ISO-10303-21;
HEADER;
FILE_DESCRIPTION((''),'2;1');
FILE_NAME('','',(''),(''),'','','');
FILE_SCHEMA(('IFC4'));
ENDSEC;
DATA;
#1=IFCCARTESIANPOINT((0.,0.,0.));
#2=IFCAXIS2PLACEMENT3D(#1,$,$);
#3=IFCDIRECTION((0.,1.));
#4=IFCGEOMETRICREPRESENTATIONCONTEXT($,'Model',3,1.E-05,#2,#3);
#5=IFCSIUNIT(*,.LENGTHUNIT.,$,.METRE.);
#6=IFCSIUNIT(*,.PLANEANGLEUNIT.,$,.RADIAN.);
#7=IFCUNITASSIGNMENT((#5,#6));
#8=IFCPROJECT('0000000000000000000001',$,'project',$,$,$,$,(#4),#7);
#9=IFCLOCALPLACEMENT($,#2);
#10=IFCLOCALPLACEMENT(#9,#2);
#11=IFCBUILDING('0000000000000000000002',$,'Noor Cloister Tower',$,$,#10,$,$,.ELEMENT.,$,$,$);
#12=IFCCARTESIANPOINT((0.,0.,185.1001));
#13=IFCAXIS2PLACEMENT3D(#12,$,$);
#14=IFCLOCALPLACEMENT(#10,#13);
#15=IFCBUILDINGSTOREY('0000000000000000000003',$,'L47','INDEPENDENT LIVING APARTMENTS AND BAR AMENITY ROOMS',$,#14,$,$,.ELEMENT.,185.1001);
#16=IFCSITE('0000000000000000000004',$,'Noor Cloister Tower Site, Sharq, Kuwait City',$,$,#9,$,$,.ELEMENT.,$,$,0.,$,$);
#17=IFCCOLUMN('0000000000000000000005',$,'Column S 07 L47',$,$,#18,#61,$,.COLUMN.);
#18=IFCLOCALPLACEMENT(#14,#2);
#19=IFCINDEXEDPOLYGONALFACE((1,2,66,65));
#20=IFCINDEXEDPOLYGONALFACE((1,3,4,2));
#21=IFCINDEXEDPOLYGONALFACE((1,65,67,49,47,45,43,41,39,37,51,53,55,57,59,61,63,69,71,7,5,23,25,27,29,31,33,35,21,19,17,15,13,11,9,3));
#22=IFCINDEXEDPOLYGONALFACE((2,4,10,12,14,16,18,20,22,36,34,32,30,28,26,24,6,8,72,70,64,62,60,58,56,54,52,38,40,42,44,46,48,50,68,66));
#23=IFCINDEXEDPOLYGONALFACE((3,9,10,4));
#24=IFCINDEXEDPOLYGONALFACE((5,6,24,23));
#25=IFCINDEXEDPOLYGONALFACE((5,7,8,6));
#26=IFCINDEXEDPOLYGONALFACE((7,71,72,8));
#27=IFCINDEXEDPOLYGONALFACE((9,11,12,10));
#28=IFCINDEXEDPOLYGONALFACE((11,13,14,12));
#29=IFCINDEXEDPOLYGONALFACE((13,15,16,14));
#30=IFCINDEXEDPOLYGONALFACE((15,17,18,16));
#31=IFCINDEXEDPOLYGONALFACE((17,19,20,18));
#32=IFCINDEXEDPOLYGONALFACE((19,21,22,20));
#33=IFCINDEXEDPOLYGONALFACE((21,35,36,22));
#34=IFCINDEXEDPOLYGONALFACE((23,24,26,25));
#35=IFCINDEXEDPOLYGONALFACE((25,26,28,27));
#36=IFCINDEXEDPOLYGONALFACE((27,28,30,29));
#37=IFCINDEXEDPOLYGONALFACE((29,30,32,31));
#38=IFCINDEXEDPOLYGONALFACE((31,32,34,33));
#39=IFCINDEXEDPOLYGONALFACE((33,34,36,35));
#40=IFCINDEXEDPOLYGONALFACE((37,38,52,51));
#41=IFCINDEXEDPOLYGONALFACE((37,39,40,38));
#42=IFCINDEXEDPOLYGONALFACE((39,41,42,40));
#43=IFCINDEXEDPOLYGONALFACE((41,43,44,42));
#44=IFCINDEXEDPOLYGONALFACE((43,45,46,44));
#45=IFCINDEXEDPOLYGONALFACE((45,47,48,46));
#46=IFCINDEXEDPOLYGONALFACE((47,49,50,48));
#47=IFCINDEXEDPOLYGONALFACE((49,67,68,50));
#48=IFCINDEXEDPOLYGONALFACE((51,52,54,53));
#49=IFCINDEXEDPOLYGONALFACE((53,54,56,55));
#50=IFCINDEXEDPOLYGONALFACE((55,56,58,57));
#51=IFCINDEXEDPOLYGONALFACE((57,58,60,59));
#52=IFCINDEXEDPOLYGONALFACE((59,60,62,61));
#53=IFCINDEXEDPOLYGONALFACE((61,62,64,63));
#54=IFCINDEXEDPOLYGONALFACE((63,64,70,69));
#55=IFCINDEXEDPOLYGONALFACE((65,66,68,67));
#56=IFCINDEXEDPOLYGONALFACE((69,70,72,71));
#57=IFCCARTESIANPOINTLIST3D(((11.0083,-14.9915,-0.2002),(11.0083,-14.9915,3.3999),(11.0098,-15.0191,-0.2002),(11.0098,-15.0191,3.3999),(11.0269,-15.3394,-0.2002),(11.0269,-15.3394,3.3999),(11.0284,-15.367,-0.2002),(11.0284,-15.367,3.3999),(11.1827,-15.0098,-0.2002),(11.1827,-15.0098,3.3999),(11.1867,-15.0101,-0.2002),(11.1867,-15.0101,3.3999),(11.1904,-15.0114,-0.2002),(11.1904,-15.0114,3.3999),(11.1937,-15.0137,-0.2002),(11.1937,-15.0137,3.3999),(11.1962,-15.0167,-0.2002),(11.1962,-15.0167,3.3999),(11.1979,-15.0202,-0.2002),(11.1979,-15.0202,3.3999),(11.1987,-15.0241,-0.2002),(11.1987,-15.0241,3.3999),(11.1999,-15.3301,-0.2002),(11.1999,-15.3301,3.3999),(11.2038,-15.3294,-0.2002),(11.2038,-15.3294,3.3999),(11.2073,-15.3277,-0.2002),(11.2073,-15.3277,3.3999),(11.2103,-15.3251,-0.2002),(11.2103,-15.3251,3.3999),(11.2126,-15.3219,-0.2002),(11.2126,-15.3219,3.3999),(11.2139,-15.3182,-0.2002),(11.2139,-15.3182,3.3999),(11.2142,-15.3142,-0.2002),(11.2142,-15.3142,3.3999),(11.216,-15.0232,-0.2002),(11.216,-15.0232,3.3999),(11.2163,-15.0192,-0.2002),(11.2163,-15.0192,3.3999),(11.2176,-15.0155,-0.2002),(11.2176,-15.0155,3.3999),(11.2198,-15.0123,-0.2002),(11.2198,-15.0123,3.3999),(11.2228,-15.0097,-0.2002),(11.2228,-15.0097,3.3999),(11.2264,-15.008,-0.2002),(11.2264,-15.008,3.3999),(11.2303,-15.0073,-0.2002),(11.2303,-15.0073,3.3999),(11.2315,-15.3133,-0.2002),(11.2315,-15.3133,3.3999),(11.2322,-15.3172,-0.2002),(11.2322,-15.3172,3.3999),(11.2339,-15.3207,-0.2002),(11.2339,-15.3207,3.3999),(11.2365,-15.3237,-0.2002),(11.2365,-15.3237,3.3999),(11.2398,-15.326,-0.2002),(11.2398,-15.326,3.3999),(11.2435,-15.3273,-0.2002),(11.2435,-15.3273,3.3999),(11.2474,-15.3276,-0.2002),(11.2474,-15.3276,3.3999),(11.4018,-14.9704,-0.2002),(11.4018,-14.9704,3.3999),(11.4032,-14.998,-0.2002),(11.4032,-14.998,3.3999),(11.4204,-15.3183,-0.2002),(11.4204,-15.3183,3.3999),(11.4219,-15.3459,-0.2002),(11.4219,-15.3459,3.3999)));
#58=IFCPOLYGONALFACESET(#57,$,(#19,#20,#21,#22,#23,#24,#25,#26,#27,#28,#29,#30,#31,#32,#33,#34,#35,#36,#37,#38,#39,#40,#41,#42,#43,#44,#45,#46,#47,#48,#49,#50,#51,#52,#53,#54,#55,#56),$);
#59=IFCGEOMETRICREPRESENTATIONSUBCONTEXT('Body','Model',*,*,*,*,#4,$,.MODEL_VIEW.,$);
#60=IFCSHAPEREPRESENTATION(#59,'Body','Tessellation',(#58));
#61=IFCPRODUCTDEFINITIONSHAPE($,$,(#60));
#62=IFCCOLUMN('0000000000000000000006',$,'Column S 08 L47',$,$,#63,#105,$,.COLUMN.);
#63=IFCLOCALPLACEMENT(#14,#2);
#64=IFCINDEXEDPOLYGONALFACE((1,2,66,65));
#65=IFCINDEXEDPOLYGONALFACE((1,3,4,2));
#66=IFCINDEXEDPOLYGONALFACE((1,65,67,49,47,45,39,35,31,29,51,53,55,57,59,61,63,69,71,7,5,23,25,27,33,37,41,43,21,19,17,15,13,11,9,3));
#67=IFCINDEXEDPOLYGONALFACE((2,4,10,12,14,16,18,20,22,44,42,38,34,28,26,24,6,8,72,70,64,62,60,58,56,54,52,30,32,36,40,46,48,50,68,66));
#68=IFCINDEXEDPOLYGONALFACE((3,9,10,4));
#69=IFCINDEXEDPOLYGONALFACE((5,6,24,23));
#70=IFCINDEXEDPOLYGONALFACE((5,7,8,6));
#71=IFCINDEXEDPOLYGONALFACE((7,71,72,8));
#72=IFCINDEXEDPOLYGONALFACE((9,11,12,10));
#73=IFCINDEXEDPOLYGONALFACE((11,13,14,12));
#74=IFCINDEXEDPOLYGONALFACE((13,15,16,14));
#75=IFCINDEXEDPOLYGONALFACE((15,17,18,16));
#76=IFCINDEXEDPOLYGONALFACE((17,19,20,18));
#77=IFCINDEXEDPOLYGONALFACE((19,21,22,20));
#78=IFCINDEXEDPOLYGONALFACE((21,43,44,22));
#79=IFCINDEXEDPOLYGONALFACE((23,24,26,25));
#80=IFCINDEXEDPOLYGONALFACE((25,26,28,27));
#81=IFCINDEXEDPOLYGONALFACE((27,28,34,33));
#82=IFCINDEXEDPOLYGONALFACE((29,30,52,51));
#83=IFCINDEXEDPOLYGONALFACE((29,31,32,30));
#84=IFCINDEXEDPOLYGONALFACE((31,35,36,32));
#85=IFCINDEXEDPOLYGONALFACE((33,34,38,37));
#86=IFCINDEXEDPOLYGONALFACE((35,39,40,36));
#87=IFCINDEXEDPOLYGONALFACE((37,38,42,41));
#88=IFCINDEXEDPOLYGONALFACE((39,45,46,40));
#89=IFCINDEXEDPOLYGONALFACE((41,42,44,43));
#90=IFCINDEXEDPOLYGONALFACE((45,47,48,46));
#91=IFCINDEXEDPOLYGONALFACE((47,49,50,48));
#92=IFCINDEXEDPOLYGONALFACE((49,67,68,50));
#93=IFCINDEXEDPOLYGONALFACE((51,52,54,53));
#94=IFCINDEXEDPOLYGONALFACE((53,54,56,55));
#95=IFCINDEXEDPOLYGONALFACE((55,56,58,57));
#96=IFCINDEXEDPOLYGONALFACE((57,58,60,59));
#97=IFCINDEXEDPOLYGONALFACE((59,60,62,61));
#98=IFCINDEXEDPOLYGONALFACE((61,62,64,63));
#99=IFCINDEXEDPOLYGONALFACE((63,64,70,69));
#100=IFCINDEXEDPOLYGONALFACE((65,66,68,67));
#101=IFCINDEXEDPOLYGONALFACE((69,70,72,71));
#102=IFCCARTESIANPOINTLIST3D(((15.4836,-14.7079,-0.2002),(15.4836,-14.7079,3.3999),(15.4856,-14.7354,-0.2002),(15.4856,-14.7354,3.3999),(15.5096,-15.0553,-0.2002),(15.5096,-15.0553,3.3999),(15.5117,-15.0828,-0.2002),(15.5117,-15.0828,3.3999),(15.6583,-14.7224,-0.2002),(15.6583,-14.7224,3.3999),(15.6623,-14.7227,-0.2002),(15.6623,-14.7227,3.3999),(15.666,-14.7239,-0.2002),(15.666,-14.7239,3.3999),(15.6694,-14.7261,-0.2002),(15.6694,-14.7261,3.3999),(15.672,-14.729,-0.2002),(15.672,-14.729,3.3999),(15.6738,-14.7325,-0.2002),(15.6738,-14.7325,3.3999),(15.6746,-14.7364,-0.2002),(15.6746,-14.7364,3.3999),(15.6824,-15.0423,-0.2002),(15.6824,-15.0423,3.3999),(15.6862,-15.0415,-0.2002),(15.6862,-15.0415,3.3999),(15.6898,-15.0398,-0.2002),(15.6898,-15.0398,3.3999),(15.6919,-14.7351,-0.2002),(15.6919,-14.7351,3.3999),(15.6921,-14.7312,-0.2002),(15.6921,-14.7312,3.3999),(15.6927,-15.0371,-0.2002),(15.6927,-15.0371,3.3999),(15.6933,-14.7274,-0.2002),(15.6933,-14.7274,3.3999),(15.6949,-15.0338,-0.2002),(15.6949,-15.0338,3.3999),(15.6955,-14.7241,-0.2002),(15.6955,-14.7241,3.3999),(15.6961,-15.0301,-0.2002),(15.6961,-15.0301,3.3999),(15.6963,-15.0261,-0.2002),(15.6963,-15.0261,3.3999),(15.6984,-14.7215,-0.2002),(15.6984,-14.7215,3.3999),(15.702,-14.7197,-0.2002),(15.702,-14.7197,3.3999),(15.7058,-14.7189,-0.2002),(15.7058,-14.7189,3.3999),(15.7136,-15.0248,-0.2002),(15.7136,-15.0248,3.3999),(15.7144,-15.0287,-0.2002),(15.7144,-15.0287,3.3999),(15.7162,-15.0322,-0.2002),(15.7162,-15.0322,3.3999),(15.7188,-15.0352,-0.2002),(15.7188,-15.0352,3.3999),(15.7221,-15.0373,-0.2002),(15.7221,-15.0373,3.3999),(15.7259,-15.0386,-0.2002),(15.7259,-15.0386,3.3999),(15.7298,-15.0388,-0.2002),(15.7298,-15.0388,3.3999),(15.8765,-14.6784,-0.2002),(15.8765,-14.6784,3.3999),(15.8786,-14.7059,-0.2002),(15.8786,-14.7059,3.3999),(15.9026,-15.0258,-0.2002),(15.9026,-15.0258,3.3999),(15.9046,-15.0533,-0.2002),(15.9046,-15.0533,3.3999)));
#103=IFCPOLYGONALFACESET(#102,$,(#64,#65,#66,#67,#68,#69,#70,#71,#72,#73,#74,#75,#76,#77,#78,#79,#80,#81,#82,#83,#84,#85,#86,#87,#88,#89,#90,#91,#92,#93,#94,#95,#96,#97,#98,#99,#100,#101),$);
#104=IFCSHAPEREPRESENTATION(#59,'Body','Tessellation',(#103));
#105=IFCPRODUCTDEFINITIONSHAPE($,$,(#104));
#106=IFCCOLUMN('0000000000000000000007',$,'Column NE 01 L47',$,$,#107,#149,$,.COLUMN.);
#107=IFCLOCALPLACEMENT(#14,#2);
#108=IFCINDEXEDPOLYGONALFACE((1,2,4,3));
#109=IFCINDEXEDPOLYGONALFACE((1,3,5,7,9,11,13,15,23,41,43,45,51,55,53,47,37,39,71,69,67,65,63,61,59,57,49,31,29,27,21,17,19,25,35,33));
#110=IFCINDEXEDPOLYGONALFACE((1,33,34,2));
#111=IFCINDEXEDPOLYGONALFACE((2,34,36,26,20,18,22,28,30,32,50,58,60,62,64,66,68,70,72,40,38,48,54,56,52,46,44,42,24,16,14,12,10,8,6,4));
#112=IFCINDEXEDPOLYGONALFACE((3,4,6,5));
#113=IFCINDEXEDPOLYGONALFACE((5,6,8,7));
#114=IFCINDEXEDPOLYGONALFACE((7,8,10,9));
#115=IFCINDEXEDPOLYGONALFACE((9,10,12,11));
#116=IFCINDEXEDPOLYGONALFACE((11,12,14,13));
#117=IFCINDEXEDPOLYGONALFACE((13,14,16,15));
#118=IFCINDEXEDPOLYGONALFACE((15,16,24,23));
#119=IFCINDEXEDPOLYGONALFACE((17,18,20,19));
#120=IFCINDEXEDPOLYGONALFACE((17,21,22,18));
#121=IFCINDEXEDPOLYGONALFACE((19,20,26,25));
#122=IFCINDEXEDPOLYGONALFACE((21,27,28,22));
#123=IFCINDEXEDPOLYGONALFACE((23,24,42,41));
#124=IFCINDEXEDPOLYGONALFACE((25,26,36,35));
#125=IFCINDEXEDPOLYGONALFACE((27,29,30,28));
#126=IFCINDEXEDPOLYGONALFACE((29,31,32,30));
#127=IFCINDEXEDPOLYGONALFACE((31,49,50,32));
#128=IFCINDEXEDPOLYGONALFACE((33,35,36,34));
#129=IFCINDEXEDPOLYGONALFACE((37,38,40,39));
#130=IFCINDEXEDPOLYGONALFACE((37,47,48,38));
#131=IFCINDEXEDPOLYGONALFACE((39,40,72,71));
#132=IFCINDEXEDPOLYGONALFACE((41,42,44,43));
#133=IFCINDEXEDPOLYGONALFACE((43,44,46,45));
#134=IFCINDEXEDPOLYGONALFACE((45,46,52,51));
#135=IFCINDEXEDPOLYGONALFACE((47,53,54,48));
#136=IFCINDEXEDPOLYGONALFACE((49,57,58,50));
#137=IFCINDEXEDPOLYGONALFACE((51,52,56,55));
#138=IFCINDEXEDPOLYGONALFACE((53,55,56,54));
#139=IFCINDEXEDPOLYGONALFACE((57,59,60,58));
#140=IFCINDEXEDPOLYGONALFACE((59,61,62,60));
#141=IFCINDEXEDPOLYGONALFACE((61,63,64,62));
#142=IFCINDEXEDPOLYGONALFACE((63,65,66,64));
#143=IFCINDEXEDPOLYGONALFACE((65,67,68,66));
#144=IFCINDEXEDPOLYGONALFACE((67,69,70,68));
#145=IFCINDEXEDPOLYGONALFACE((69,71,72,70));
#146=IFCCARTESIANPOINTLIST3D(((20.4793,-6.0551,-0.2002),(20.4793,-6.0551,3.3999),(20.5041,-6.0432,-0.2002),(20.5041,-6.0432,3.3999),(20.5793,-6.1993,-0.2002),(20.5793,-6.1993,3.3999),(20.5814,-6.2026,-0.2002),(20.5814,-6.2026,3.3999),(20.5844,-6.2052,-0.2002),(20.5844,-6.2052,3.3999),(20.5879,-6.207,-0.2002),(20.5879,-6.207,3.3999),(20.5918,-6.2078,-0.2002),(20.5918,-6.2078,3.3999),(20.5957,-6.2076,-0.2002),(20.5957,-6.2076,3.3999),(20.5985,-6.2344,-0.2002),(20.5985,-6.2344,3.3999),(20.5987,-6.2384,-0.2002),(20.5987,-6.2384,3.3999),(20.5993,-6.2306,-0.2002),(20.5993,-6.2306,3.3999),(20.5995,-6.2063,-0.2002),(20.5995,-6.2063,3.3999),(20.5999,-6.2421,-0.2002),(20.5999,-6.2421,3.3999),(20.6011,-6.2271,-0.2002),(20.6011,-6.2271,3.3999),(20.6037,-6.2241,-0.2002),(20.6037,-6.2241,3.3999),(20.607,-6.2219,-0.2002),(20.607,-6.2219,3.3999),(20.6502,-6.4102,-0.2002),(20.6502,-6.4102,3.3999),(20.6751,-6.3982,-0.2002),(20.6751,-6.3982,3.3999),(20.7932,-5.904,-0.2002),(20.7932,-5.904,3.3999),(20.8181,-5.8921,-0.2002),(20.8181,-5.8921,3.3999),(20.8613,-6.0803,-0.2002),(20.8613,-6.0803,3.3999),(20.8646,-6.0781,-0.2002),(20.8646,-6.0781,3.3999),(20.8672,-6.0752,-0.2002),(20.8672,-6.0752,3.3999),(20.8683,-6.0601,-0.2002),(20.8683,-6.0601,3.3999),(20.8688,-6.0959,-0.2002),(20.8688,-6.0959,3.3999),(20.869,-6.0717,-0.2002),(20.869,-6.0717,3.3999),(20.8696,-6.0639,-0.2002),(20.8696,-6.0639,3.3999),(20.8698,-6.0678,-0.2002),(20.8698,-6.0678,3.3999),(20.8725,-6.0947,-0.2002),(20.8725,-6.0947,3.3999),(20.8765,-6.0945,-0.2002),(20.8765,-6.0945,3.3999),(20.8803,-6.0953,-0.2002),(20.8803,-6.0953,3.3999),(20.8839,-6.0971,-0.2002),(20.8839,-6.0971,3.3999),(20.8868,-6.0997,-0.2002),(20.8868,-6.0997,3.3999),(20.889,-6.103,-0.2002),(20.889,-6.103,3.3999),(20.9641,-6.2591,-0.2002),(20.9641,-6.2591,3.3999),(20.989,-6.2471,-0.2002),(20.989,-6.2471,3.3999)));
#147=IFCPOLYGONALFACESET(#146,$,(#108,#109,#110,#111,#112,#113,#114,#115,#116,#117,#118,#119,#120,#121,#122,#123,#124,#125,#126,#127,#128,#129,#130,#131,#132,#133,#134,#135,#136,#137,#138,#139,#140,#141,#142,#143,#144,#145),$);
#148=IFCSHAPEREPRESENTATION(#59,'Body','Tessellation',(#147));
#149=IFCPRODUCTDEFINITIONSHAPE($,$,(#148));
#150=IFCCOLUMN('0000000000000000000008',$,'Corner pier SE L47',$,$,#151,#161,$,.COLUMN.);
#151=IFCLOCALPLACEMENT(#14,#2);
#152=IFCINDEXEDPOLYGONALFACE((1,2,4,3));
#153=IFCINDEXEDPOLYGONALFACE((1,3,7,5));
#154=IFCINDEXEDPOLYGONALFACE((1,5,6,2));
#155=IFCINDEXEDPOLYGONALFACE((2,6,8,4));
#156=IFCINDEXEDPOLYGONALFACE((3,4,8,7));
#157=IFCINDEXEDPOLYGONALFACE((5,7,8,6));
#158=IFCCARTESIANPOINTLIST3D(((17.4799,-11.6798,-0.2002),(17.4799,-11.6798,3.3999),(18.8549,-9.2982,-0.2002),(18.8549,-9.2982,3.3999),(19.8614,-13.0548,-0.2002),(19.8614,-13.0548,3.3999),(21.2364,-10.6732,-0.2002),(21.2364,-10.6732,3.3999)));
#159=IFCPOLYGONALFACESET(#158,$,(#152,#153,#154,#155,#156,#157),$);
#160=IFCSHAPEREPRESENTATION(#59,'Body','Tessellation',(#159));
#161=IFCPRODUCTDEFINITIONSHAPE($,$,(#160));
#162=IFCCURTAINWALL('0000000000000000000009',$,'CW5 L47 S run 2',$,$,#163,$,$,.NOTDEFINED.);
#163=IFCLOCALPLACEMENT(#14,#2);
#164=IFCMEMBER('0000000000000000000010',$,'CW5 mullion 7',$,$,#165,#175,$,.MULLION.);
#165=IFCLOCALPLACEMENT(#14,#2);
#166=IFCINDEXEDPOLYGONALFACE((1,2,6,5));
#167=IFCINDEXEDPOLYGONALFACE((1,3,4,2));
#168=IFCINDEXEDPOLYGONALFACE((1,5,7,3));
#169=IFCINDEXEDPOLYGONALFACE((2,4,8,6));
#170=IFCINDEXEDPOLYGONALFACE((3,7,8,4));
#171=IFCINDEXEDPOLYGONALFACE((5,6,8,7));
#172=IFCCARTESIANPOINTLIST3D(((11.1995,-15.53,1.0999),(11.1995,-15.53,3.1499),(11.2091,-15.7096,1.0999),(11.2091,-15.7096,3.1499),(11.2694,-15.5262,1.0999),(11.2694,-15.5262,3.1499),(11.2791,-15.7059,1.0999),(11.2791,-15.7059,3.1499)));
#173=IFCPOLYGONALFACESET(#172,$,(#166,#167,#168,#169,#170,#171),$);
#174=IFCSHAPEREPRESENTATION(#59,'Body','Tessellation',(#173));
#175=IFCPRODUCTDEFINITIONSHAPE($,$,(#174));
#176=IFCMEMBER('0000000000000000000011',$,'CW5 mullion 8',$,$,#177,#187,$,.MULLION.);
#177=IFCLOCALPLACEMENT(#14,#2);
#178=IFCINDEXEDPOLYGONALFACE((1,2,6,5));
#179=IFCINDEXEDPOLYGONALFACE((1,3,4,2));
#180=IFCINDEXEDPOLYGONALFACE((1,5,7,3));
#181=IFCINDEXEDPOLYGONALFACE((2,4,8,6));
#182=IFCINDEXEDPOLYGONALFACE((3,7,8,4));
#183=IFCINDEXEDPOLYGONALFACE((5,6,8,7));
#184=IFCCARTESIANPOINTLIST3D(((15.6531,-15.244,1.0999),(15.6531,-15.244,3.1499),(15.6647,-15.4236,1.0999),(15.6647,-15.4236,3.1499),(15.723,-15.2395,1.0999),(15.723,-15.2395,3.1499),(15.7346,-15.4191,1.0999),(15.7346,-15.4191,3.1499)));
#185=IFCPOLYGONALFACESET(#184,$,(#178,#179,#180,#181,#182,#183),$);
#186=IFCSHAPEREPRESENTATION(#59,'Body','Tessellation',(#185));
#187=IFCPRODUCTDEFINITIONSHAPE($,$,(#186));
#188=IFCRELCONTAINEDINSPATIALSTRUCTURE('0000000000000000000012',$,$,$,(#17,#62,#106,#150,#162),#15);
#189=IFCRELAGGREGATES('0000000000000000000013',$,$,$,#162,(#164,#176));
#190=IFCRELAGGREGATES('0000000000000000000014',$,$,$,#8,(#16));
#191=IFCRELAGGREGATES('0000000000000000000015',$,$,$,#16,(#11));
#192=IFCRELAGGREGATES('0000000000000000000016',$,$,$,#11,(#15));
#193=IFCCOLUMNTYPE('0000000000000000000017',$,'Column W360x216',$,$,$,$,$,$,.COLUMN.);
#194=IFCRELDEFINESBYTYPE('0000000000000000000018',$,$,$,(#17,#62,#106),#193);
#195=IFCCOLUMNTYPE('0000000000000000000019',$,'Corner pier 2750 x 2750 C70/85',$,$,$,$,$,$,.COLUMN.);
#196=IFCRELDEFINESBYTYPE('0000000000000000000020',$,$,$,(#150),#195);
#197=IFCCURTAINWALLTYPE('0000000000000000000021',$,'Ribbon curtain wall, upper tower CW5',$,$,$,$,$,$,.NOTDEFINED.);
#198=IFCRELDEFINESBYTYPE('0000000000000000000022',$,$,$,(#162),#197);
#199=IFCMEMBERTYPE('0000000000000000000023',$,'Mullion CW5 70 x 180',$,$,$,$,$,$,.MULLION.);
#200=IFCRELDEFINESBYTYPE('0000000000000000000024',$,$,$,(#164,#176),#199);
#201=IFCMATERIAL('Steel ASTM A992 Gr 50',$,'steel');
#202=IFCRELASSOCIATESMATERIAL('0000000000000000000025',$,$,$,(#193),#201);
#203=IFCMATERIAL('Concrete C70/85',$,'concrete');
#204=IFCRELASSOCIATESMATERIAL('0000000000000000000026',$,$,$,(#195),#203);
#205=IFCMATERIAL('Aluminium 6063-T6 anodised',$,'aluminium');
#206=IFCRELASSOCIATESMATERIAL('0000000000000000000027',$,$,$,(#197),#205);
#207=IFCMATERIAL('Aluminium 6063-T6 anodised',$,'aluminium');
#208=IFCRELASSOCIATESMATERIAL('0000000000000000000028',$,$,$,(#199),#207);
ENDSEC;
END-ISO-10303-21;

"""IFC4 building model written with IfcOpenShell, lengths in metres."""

from ifc_helpers import new_model, si_unit, direction, frame, origin, origin_2d, place, context, subcontext, project, spatial, rectangle, i_section, extrude, material, material_profile, profile_set, type_object, element, aggregate, save


model = new_model("IFC4")

# Units and contexts
model_context = context("Model", 3, precision=1e-05, world=origin(), true_north=direction((0.0, 1.0)))
body_context = subcontext(model_context, "Body", "Model", "MODEL_VIEW")
ifc_project = project(units=[si_unit("LENGTHUNIT", "METRE"), si_unit("PLANEANGLEUNIT", "RADIAN")], contexts=[model_context])

# Site, building, storey
site_placement = place(None, origin())
site = spatial("IfcSite", under=ifc_project, at=site_placement, Name="Noor Cloister Tower Site, Sharq, Kuwait City", CompositionType="ELEMENT", RefElevation=0.0)
building_placement = place(site_placement, origin())
building = spatial("IfcBuilding", under=site, at=building_placement, Name="Noor Cloister Tower", CompositionType="ELEMENT")
storey_placement = place(building_placement, frame((0.0, 0.0, 185.1001)))
storey = spatial("IfcBuildingStorey", under=building, at=storey_placement, Name="L47", Description="INDEPENDENT LIVING APARTMENTS AND BAR AMENITY ROOMS", CompositionType="ELEMENT", Elevation=185.1001)

# Columns
ifc_material_1 = material(Name="Steel ASTM A992 Gr 50", Category="steel")
ifc_material_profile_1 = material_profile(ifc_material_1, i_section(OverallWidth=0.394, OverallDepth=0.376, WebThickness=0.0173, FlangeThickness=0.0276, FilletRadius=0.0151, at=origin_2d()), Name="W360x216")
ifc_profile_set_1 = profile_set([ifc_material_profile_1], Name="Steel ASTM A992 Gr 50")
column_type_1 = type_object("IfcColumnType", Name="Column W360x216", PredefinedType="COLUMN", material=ifc_profile_set_1)
for number, where, z_axis, x_axis, name in (
    (1, (11.2151, -15.1687, -0.2002), (0.0, 0.0, 1.0), (0.998568, 0.053495, 0.0), "Column S 07 L47"),
    (2, (15.6941, -14.8806, -0.2002), (0.0, 0.0, 1.0), (0.997194, 0.074858, 0.0), "Column S 08 L47"),
    (3, (20.7341, -6.1511, -0.2002), (0.0, 0.0, 1.0), (-0.433768, 0.901025, 0.0), "Column NE 01 L47"),
):
    element("IfcColumn", number, at=place(storey_placement, frame(where, z_axis=z_axis, x_axis=x_axis)), inside=storey, type_object=column_type_1, Name=name, PredefinedType="COLUMN", context=body_context, shape_type="SweptSolid", body=[
        extrude(i_section(OverallWidth=0.394, OverallDepth=0.376, WebThickness=0.0173, FlangeThickness=0.0276, FilletRadius=0.0151, at=origin_2d()), origin(), (0.0, 0.0, 1.0), 3.6001),
    ])
ifc_material_2 = material(Name="Concrete C70/85", Category="concrete")
ifc_material_profile_2 = material_profile(ifc_material_2, rectangle(XDim=2.75, YDim=2.75, at=origin_2d()), Name="RC 2750x2750")
ifc_profile_set_2 = profile_set([ifc_material_profile_2], Name="Concrete C70/85")
column_type_2 = type_object("IfcColumnType", Name="Corner pier 2750 x 2750 C70/85", PredefinedType="COLUMN", material=ifc_profile_set_2)
column_placement = place(storey_placement, frame((19.3582, -11.1765, -0.2002), z_axis=(0.0, 0.0, 1.0), x_axis=(0.866025, -0.5, 0.0)))
element("IfcColumn", 4, at=column_placement, inside=storey, type_object=column_type_2, Name="Corner pier SE L47", PredefinedType="COLUMN", context=body_context, shape_type="SweptSolid", body=[
    extrude(rectangle(XDim=2.75, YDim=2.75, at=origin_2d()), origin(), (0.0, 0.0, 1.0), 3.6001),
])

# Curtain wall, members
ifc_material_3 = material(Name="Aluminium 6063-T6 anodised", Category="aluminium")
curtain_wall_type = type_object("IfcCurtainWallType", Name="Ribbon curtain wall, upper tower CW5", PredefinedType="NOTDEFINED", material=ifc_material_3)
curtain_wall_placement = place(storey_placement, origin())
curtain_wall = element("IfcCurtainWall", 5, at=curtain_wall_placement, inside=storey, type_object=curtain_wall_type, Name="CW5 L47 S run 2", PredefinedType="NOTDEFINED")
ifc_material_4 = material(Name="Aluminium 6063-T6 anodised", Category="aluminium")
ifc_material_profile_3 = material_profile(ifc_material_4, rectangle(XDim=0.1799, YDim=0.0701, at=origin_2d()), Name="180 x 70 mullion")
ifc_profile_set_3 = profile_set([ifc_material_profile_3], Name="Aluminium 6063-T6 anodised")
member_type = type_object("IfcMemberType", Name="Mullion CW5 70 x 180", PredefinedType="MULLION", material=ifc_profile_set_3)
member_1_placement = place(storey_placement, frame((11.2393, -15.6179, 1.0999), z_axis=(0.0, 0.0, 1.0), x_axis=(-0.053495, 0.998568, 0.0)))
member_1 = element("IfcMember", 6, at=member_1_placement, type_object=member_type, Name="CW5 mullion 7", PredefinedType="MULLION", context=body_context, shape_type="SweptSolid", body=[
    extrude(rectangle(XDim=0.1799, YDim=0.0701, at=origin_2d()), origin(), (0.0, 0.0, 1.0), 2.05),
])
member_2_placement = place(storey_placement, frame((15.6938, -15.3315, 1.0999), z_axis=(0.0, 0.0, 1.0), x_axis=(-0.06418, 0.997938, 0.0)))
member_2 = element("IfcMember", 7, at=member_2_placement, type_object=member_type, Name="CW5 mullion 8", PredefinedType="MULLION", context=body_context, shape_type="SweptSolid", body=[
    extrude(rectangle(XDim=0.1799, YDim=0.0701, at=origin_2d()), origin(), (0.0, 0.0, 1.0), 2.05),
])

aggregate(curtain_wall, [member_1, member_2])

save(model, "model.ifc")
